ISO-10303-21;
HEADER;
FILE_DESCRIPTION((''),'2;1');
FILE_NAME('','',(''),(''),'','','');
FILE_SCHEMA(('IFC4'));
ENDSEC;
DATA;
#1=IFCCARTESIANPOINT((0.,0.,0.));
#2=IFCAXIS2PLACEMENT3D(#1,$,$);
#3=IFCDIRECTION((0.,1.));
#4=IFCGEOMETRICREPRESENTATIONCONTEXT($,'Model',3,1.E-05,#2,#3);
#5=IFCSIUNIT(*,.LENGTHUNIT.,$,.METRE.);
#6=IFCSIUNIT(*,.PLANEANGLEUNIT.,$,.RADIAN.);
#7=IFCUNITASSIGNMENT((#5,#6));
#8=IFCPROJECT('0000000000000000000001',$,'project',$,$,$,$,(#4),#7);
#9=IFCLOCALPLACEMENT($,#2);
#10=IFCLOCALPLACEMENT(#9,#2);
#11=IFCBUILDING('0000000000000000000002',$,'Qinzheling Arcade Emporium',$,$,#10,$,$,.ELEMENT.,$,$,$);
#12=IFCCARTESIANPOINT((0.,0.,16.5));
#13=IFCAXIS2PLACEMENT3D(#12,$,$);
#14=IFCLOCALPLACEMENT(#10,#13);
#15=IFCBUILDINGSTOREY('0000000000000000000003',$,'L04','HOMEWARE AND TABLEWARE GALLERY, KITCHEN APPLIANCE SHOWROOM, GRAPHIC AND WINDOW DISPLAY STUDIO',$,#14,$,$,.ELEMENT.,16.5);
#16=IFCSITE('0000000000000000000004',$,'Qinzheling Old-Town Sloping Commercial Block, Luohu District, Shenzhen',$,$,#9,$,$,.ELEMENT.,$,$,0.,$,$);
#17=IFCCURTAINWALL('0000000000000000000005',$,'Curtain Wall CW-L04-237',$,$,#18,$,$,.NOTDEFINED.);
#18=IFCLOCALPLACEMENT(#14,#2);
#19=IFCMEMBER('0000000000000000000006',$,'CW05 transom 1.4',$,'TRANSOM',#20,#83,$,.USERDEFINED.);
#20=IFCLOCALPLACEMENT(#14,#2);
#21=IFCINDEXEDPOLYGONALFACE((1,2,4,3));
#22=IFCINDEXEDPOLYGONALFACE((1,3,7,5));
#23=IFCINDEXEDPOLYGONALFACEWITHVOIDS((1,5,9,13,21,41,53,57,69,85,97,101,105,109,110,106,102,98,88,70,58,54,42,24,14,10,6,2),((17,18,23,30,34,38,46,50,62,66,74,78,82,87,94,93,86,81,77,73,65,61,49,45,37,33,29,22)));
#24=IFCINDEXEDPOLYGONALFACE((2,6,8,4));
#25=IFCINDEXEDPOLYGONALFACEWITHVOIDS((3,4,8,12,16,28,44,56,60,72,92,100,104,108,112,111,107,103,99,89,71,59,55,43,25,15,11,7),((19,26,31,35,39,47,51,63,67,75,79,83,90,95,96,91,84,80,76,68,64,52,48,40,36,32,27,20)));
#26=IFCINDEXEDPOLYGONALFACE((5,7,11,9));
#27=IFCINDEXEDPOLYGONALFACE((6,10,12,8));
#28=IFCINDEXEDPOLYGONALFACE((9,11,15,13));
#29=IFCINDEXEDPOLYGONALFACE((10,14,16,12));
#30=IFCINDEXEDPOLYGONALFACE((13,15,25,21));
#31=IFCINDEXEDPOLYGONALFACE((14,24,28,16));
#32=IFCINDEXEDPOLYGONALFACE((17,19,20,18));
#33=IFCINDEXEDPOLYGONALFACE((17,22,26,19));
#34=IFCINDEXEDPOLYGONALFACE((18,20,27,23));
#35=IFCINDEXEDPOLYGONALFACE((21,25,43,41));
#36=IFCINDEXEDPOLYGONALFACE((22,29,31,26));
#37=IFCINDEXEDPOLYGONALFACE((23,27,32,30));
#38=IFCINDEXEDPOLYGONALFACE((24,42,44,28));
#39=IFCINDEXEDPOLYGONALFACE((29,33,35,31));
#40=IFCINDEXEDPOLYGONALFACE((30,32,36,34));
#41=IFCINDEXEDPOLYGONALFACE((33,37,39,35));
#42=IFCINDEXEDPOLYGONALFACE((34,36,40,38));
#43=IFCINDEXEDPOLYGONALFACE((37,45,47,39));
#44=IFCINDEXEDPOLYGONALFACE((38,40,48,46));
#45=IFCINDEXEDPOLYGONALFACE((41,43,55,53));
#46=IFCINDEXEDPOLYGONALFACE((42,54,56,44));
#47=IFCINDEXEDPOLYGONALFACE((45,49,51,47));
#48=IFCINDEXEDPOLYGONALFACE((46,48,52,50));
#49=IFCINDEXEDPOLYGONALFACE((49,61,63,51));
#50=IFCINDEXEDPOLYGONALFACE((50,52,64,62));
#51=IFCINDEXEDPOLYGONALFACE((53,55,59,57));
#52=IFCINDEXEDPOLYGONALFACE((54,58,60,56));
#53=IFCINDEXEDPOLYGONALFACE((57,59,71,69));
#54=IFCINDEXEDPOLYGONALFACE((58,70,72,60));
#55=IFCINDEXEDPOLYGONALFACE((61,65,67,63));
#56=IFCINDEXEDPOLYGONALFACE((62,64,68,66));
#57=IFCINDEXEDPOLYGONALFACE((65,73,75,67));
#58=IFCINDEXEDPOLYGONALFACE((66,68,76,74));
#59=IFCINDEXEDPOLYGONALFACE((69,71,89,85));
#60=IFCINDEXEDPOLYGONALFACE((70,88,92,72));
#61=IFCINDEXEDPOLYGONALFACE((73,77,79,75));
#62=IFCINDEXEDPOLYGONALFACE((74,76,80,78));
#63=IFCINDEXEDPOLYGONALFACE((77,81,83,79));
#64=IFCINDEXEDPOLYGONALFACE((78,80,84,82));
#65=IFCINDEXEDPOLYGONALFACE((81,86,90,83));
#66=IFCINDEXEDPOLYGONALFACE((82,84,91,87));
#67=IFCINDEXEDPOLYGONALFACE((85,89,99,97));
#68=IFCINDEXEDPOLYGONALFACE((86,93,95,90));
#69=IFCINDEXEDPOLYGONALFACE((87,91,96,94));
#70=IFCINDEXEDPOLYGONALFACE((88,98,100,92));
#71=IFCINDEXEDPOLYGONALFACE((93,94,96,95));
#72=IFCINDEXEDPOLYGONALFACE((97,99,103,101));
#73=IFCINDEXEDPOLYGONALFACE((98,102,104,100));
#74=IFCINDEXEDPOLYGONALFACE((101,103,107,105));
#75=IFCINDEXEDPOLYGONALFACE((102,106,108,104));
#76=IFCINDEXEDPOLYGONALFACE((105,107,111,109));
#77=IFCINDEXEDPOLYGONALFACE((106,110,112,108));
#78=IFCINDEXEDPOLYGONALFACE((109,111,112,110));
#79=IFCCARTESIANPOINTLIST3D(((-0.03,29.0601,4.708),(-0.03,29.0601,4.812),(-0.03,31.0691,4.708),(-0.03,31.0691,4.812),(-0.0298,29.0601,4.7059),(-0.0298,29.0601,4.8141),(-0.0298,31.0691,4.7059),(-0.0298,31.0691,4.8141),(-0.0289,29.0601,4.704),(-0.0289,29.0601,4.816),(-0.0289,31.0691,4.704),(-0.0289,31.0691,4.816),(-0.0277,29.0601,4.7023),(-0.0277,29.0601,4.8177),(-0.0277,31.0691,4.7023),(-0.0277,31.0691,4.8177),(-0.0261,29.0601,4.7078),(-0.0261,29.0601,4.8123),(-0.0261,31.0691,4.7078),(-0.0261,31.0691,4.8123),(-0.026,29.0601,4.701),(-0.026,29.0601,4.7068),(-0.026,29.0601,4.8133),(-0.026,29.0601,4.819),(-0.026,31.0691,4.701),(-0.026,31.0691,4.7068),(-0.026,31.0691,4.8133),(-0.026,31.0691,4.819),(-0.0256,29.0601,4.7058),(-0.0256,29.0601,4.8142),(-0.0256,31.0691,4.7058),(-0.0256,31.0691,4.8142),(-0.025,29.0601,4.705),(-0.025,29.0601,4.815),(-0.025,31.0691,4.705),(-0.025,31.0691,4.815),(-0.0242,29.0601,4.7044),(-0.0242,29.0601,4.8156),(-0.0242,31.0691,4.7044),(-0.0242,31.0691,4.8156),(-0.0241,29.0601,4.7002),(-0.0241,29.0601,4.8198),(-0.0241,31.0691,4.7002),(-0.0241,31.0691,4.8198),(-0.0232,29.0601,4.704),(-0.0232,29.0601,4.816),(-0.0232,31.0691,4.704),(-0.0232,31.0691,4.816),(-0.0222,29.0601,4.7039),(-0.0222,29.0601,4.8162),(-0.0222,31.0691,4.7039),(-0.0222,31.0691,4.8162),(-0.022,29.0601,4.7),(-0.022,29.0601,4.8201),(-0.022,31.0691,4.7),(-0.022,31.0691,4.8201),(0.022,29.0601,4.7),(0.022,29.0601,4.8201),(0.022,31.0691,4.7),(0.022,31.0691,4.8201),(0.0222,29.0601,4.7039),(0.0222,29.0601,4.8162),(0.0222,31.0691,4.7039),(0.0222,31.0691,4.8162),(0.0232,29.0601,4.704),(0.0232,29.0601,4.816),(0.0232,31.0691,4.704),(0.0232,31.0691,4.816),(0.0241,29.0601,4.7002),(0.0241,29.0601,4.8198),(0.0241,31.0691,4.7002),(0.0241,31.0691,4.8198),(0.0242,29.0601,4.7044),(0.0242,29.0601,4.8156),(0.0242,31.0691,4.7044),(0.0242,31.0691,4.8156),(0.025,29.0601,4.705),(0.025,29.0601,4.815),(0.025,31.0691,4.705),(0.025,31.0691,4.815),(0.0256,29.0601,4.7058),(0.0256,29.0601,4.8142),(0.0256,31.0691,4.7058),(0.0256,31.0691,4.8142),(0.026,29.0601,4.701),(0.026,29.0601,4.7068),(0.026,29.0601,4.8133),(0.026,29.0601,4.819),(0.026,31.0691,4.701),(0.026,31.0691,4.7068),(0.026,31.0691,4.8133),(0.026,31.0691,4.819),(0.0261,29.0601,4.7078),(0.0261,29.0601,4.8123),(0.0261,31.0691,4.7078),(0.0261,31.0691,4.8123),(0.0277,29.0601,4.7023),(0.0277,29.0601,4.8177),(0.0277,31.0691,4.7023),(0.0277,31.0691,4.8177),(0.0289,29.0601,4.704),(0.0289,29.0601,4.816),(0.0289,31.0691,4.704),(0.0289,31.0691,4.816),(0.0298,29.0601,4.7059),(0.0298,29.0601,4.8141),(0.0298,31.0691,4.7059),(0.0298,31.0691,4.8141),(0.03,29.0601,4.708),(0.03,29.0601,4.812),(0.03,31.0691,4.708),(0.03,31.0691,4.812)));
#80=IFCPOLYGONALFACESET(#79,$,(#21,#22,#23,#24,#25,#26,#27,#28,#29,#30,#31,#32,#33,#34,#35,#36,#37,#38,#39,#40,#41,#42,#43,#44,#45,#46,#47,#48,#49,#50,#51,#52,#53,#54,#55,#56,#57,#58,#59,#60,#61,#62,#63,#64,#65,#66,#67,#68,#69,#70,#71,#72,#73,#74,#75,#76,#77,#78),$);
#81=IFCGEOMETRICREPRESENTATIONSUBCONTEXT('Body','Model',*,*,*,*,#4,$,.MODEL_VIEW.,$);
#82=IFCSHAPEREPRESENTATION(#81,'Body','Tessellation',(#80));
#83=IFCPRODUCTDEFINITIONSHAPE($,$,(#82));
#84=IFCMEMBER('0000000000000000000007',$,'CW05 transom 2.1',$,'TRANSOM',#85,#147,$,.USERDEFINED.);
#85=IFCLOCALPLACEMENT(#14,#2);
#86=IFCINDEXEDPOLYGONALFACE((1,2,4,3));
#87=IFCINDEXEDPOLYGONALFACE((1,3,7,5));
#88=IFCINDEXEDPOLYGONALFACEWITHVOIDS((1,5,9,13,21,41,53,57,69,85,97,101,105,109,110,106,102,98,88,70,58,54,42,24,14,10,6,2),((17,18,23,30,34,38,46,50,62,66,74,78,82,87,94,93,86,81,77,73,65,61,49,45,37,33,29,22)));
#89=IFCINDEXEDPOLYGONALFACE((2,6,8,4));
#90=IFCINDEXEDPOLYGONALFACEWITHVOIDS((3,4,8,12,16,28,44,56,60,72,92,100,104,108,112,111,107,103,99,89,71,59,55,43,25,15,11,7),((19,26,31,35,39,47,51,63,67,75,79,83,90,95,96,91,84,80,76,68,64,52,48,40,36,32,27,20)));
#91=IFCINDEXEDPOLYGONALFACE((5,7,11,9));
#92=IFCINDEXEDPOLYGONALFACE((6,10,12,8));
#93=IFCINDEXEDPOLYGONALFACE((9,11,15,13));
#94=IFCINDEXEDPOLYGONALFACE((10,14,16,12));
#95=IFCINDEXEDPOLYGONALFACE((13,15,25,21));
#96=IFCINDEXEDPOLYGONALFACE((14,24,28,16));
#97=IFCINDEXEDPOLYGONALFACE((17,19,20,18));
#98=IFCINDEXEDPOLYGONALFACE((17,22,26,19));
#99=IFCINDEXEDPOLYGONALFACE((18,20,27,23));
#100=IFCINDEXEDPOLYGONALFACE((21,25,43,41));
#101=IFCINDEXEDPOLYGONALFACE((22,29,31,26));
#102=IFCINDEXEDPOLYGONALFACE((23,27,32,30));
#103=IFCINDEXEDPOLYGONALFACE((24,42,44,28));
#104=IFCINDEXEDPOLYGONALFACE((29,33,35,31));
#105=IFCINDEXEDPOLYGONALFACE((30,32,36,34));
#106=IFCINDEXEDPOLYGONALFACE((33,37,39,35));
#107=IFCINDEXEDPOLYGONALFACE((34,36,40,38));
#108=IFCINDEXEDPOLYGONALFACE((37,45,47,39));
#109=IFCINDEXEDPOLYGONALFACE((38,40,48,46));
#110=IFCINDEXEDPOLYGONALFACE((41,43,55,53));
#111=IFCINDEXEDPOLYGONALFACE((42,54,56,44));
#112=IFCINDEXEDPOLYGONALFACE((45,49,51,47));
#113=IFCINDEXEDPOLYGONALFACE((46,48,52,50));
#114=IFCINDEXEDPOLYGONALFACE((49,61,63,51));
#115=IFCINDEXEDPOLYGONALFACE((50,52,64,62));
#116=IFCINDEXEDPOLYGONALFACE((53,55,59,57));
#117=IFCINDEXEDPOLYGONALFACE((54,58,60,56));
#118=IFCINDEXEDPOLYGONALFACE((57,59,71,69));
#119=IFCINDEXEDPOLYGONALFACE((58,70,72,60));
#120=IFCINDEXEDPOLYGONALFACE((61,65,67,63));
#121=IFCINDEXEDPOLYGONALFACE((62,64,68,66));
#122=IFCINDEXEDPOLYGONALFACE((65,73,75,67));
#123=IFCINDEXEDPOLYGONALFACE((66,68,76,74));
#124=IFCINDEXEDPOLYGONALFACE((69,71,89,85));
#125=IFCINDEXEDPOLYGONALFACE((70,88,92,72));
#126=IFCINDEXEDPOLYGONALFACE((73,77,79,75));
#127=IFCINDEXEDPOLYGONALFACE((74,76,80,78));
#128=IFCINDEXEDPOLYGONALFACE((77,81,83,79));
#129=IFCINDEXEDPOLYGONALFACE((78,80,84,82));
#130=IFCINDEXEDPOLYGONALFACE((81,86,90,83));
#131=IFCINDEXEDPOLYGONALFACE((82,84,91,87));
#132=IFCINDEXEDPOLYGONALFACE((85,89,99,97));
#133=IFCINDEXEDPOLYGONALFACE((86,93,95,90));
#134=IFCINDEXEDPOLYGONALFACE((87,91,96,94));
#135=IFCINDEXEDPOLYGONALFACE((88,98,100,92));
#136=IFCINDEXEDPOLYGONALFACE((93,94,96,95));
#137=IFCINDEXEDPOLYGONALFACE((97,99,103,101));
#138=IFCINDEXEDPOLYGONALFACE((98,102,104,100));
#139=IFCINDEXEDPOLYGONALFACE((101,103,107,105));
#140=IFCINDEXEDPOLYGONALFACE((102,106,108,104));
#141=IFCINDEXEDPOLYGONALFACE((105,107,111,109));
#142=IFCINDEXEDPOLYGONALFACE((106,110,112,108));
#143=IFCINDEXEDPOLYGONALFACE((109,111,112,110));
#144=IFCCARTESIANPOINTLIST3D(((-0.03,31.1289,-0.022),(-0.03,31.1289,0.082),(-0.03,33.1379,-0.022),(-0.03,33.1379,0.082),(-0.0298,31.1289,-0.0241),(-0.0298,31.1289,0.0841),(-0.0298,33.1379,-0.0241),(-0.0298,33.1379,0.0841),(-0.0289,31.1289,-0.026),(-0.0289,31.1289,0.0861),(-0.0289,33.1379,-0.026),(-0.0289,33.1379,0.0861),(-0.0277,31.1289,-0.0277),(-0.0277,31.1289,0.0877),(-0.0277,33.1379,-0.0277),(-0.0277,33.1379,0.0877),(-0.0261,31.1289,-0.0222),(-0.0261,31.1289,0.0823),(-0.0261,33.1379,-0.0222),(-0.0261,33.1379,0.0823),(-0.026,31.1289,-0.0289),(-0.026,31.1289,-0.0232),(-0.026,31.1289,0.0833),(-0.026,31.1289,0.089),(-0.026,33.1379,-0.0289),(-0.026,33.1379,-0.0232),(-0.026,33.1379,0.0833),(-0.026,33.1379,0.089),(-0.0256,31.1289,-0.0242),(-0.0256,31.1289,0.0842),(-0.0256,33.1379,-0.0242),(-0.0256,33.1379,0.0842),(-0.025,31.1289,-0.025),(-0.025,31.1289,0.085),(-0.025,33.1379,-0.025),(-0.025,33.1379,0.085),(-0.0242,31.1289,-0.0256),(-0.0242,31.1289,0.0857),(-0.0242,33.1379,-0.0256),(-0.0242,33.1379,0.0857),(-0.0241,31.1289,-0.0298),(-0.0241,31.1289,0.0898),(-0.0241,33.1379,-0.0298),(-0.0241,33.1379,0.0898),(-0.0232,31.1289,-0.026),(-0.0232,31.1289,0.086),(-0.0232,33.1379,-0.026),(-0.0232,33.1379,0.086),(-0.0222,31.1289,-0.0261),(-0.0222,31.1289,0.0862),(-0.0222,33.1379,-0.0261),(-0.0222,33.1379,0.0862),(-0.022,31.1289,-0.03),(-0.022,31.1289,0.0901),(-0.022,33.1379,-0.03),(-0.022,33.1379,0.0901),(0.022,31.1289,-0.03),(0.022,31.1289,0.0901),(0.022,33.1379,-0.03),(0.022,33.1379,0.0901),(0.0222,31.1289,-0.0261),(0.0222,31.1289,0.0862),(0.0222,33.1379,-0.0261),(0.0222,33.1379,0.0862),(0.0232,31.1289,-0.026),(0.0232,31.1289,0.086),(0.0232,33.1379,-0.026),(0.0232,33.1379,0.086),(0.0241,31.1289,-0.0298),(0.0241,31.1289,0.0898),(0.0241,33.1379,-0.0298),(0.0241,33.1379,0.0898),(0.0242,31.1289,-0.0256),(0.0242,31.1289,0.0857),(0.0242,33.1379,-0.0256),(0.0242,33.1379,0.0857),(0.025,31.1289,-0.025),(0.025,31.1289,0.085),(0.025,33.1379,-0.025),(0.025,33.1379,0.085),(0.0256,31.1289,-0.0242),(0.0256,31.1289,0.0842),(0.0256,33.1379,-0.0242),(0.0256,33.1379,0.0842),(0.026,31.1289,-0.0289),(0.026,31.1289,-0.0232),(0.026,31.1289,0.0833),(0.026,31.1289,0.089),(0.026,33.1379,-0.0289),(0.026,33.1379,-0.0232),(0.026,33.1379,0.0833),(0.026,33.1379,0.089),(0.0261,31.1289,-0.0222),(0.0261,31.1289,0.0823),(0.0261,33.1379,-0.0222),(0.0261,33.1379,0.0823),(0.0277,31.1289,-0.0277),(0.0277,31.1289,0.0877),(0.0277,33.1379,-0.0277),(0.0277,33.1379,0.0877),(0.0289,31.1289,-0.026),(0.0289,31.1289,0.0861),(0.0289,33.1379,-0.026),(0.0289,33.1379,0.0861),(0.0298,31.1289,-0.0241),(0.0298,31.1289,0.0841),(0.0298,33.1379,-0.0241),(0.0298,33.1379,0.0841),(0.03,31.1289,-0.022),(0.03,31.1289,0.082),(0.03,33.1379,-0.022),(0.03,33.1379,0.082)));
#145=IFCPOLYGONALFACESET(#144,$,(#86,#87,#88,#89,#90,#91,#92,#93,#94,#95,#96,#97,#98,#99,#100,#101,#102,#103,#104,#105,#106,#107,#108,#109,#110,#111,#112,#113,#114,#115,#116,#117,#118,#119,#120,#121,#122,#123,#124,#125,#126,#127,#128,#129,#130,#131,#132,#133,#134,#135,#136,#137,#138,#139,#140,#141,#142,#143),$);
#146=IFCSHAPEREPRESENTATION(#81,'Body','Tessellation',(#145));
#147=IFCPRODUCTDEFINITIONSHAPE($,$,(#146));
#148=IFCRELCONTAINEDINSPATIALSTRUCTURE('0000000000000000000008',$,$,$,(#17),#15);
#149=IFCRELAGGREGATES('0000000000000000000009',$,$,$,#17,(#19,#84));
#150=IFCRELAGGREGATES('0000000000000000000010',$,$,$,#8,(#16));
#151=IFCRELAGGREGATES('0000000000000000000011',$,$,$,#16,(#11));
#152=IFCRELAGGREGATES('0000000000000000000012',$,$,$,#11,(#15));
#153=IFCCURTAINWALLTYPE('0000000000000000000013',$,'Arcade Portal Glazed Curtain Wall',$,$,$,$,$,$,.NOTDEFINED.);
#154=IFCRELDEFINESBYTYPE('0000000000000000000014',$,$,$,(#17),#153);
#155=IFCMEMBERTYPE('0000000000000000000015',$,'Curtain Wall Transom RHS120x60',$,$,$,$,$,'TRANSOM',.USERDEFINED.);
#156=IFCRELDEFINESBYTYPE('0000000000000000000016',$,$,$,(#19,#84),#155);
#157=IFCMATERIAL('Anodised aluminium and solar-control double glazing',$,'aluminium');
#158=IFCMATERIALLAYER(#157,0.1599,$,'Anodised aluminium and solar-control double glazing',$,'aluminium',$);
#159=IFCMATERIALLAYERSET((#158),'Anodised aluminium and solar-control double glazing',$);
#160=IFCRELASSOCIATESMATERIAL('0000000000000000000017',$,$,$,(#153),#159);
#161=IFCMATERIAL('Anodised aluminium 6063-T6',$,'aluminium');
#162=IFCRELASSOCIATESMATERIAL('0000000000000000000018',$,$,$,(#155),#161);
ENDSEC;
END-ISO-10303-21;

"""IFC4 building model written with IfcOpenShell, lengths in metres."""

from ifc_helpers import new_model, si_unit, direction, frame, origin, origin_2d, place, context, subcontext, project, spatial, hollow_rectangle, extrude, material, layer, layer_set, material_profile, profile_set, type_object, element, aggregate, save


model = new_model("IFC4")

# Units and contexts
model_context = context("Model", 3, precision=1e-05, world=origin(), true_north=direction((0.0, 1.0)))
body_context = subcontext(model_context, "Body", "Model", "MODEL_VIEW")
ifc_project = project(units=[si_unit("LENGTHUNIT", "METRE"), si_unit("PLANEANGLEUNIT", "RADIAN")], contexts=[model_context])

# Site, building, storey
site_placement = place(None, origin())
site = spatial("IfcSite", under=ifc_project, at=site_placement, Name="Qinzheling Old-Town Sloping Commercial Block, Luohu District, Shenzhen", CompositionType="ELEMENT", RefElevation=0.0)
building_placement = place(site_placement, origin())
building = spatial("IfcBuilding", under=site, at=building_placement, Name="Qinzheling Arcade Emporium", CompositionType="ELEMENT")
storey_placement = place(building_placement, frame((0.0, 0.0, 16.5)))
storey = spatial("IfcBuildingStorey", under=building, at=storey_placement, Name="L04", Description="HOMEWARE AND TABLEWARE GALLERY, KITCHEN APPLIANCE SHOWROOM, GRAPHIC AND WINDOW DISPLAY STUDIO", CompositionType="ELEMENT", Elevation=16.5)

# Shared definitions
ifc_material_1 = material(Name="Anodised aluminium and solar-control double glazing", Category="aluminium")
ifc_layer_1 = layer(ifc_material_1, 0.1599, Name="Anodised aluminium and solar-control double glazing", Category="aluminium")
ifc_layer_set_1 = layer_set([ifc_layer_1], Name="Anodised aluminium and solar-control double glazing")
curtain_wall_type = type_object("IfcCurtainWallType", Name="Arcade Portal Glazed Curtain Wall", PredefinedType="NOTDEFINED", material=ifc_layer_set_1)
ifc_material_2 = material(Name="Anodised aluminium 6063-T6", Category="aluminium")

# Curtain wall
curtain_wall_1_placement = place(storey_placement, origin())
curtain_wall_1 = element("IfcCurtainWall", 1, at=curtain_wall_1_placement, inside=storey, type_object=curtain_wall_type, Name="Curtain Wall CW-L04-237", PredefinedType="NOTDEFINED")

# Members
ifc_material_profile_1 = material_profile(ifc_material_2, hollow_rectangle(XDim=0.0601, YDim=0.1201, WallThickness=0.0039, InnerFilletRadius=0.0039, OuterFilletRadius=0.0081, at=origin_2d()), Name="RHS 120x60x4", Category="aluminium")
ifc_profile_set_1 = profile_set([ifc_material_profile_1], Name="Anodised aluminium 6063-T6")
member_type_1 = type_object("IfcMemberType", Name="Curtain Wall Transom RHS120x60", ElementType="TRANSOM", PredefinedType="USERDEFINED", material=ifc_profile_set_1)
member_1_placement = place(storey_placement, frame((0.0, 29.0601, 4.76), z_axis=(0.0, 1.0, 0.0), x_axis=(-1.0, 0.0, 0.0)))
member_1 = element("IfcMember", 2, at=member_1_placement, type_object=member_type_1, Name="CW05 transom 1.4", ObjectType="TRANSOM", PredefinedType="USERDEFINED", context=body_context, shape_type="SweptSolid", body=[
    extrude(hollow_rectangle(XDim=0.0601, YDim=0.1201, WallThickness=0.0039, InnerFilletRadius=0.0039, OuterFilletRadius=0.0081, at=origin_2d()), origin(), (0.0, 0.0, 1.0), 2.009),
])
member_2_placement = place(storey_placement, frame((0.0, 31.1289, 0.03), z_axis=(0.0, 1.0, 0.0), x_axis=(-1.0, 0.0, 0.0)))
member_2 = element("IfcMember", 3, at=member_2_placement, type_object=member_type_1, Name="CW05 transom 2.1", ObjectType="TRANSOM", PredefinedType="USERDEFINED", context=body_context, shape_type="SweptSolid", body=[
    extrude(hollow_rectangle(XDim=0.0601, YDim=0.1201, WallThickness=0.0039, InnerFilletRadius=0.0039, OuterFilletRadius=0.0081, at=origin_2d()), origin(), (0.0, 0.0, 1.0), 2.009),
])

aggregate(curtain_wall_1, [member_1, member_2])

save(model, "model.ifc")
